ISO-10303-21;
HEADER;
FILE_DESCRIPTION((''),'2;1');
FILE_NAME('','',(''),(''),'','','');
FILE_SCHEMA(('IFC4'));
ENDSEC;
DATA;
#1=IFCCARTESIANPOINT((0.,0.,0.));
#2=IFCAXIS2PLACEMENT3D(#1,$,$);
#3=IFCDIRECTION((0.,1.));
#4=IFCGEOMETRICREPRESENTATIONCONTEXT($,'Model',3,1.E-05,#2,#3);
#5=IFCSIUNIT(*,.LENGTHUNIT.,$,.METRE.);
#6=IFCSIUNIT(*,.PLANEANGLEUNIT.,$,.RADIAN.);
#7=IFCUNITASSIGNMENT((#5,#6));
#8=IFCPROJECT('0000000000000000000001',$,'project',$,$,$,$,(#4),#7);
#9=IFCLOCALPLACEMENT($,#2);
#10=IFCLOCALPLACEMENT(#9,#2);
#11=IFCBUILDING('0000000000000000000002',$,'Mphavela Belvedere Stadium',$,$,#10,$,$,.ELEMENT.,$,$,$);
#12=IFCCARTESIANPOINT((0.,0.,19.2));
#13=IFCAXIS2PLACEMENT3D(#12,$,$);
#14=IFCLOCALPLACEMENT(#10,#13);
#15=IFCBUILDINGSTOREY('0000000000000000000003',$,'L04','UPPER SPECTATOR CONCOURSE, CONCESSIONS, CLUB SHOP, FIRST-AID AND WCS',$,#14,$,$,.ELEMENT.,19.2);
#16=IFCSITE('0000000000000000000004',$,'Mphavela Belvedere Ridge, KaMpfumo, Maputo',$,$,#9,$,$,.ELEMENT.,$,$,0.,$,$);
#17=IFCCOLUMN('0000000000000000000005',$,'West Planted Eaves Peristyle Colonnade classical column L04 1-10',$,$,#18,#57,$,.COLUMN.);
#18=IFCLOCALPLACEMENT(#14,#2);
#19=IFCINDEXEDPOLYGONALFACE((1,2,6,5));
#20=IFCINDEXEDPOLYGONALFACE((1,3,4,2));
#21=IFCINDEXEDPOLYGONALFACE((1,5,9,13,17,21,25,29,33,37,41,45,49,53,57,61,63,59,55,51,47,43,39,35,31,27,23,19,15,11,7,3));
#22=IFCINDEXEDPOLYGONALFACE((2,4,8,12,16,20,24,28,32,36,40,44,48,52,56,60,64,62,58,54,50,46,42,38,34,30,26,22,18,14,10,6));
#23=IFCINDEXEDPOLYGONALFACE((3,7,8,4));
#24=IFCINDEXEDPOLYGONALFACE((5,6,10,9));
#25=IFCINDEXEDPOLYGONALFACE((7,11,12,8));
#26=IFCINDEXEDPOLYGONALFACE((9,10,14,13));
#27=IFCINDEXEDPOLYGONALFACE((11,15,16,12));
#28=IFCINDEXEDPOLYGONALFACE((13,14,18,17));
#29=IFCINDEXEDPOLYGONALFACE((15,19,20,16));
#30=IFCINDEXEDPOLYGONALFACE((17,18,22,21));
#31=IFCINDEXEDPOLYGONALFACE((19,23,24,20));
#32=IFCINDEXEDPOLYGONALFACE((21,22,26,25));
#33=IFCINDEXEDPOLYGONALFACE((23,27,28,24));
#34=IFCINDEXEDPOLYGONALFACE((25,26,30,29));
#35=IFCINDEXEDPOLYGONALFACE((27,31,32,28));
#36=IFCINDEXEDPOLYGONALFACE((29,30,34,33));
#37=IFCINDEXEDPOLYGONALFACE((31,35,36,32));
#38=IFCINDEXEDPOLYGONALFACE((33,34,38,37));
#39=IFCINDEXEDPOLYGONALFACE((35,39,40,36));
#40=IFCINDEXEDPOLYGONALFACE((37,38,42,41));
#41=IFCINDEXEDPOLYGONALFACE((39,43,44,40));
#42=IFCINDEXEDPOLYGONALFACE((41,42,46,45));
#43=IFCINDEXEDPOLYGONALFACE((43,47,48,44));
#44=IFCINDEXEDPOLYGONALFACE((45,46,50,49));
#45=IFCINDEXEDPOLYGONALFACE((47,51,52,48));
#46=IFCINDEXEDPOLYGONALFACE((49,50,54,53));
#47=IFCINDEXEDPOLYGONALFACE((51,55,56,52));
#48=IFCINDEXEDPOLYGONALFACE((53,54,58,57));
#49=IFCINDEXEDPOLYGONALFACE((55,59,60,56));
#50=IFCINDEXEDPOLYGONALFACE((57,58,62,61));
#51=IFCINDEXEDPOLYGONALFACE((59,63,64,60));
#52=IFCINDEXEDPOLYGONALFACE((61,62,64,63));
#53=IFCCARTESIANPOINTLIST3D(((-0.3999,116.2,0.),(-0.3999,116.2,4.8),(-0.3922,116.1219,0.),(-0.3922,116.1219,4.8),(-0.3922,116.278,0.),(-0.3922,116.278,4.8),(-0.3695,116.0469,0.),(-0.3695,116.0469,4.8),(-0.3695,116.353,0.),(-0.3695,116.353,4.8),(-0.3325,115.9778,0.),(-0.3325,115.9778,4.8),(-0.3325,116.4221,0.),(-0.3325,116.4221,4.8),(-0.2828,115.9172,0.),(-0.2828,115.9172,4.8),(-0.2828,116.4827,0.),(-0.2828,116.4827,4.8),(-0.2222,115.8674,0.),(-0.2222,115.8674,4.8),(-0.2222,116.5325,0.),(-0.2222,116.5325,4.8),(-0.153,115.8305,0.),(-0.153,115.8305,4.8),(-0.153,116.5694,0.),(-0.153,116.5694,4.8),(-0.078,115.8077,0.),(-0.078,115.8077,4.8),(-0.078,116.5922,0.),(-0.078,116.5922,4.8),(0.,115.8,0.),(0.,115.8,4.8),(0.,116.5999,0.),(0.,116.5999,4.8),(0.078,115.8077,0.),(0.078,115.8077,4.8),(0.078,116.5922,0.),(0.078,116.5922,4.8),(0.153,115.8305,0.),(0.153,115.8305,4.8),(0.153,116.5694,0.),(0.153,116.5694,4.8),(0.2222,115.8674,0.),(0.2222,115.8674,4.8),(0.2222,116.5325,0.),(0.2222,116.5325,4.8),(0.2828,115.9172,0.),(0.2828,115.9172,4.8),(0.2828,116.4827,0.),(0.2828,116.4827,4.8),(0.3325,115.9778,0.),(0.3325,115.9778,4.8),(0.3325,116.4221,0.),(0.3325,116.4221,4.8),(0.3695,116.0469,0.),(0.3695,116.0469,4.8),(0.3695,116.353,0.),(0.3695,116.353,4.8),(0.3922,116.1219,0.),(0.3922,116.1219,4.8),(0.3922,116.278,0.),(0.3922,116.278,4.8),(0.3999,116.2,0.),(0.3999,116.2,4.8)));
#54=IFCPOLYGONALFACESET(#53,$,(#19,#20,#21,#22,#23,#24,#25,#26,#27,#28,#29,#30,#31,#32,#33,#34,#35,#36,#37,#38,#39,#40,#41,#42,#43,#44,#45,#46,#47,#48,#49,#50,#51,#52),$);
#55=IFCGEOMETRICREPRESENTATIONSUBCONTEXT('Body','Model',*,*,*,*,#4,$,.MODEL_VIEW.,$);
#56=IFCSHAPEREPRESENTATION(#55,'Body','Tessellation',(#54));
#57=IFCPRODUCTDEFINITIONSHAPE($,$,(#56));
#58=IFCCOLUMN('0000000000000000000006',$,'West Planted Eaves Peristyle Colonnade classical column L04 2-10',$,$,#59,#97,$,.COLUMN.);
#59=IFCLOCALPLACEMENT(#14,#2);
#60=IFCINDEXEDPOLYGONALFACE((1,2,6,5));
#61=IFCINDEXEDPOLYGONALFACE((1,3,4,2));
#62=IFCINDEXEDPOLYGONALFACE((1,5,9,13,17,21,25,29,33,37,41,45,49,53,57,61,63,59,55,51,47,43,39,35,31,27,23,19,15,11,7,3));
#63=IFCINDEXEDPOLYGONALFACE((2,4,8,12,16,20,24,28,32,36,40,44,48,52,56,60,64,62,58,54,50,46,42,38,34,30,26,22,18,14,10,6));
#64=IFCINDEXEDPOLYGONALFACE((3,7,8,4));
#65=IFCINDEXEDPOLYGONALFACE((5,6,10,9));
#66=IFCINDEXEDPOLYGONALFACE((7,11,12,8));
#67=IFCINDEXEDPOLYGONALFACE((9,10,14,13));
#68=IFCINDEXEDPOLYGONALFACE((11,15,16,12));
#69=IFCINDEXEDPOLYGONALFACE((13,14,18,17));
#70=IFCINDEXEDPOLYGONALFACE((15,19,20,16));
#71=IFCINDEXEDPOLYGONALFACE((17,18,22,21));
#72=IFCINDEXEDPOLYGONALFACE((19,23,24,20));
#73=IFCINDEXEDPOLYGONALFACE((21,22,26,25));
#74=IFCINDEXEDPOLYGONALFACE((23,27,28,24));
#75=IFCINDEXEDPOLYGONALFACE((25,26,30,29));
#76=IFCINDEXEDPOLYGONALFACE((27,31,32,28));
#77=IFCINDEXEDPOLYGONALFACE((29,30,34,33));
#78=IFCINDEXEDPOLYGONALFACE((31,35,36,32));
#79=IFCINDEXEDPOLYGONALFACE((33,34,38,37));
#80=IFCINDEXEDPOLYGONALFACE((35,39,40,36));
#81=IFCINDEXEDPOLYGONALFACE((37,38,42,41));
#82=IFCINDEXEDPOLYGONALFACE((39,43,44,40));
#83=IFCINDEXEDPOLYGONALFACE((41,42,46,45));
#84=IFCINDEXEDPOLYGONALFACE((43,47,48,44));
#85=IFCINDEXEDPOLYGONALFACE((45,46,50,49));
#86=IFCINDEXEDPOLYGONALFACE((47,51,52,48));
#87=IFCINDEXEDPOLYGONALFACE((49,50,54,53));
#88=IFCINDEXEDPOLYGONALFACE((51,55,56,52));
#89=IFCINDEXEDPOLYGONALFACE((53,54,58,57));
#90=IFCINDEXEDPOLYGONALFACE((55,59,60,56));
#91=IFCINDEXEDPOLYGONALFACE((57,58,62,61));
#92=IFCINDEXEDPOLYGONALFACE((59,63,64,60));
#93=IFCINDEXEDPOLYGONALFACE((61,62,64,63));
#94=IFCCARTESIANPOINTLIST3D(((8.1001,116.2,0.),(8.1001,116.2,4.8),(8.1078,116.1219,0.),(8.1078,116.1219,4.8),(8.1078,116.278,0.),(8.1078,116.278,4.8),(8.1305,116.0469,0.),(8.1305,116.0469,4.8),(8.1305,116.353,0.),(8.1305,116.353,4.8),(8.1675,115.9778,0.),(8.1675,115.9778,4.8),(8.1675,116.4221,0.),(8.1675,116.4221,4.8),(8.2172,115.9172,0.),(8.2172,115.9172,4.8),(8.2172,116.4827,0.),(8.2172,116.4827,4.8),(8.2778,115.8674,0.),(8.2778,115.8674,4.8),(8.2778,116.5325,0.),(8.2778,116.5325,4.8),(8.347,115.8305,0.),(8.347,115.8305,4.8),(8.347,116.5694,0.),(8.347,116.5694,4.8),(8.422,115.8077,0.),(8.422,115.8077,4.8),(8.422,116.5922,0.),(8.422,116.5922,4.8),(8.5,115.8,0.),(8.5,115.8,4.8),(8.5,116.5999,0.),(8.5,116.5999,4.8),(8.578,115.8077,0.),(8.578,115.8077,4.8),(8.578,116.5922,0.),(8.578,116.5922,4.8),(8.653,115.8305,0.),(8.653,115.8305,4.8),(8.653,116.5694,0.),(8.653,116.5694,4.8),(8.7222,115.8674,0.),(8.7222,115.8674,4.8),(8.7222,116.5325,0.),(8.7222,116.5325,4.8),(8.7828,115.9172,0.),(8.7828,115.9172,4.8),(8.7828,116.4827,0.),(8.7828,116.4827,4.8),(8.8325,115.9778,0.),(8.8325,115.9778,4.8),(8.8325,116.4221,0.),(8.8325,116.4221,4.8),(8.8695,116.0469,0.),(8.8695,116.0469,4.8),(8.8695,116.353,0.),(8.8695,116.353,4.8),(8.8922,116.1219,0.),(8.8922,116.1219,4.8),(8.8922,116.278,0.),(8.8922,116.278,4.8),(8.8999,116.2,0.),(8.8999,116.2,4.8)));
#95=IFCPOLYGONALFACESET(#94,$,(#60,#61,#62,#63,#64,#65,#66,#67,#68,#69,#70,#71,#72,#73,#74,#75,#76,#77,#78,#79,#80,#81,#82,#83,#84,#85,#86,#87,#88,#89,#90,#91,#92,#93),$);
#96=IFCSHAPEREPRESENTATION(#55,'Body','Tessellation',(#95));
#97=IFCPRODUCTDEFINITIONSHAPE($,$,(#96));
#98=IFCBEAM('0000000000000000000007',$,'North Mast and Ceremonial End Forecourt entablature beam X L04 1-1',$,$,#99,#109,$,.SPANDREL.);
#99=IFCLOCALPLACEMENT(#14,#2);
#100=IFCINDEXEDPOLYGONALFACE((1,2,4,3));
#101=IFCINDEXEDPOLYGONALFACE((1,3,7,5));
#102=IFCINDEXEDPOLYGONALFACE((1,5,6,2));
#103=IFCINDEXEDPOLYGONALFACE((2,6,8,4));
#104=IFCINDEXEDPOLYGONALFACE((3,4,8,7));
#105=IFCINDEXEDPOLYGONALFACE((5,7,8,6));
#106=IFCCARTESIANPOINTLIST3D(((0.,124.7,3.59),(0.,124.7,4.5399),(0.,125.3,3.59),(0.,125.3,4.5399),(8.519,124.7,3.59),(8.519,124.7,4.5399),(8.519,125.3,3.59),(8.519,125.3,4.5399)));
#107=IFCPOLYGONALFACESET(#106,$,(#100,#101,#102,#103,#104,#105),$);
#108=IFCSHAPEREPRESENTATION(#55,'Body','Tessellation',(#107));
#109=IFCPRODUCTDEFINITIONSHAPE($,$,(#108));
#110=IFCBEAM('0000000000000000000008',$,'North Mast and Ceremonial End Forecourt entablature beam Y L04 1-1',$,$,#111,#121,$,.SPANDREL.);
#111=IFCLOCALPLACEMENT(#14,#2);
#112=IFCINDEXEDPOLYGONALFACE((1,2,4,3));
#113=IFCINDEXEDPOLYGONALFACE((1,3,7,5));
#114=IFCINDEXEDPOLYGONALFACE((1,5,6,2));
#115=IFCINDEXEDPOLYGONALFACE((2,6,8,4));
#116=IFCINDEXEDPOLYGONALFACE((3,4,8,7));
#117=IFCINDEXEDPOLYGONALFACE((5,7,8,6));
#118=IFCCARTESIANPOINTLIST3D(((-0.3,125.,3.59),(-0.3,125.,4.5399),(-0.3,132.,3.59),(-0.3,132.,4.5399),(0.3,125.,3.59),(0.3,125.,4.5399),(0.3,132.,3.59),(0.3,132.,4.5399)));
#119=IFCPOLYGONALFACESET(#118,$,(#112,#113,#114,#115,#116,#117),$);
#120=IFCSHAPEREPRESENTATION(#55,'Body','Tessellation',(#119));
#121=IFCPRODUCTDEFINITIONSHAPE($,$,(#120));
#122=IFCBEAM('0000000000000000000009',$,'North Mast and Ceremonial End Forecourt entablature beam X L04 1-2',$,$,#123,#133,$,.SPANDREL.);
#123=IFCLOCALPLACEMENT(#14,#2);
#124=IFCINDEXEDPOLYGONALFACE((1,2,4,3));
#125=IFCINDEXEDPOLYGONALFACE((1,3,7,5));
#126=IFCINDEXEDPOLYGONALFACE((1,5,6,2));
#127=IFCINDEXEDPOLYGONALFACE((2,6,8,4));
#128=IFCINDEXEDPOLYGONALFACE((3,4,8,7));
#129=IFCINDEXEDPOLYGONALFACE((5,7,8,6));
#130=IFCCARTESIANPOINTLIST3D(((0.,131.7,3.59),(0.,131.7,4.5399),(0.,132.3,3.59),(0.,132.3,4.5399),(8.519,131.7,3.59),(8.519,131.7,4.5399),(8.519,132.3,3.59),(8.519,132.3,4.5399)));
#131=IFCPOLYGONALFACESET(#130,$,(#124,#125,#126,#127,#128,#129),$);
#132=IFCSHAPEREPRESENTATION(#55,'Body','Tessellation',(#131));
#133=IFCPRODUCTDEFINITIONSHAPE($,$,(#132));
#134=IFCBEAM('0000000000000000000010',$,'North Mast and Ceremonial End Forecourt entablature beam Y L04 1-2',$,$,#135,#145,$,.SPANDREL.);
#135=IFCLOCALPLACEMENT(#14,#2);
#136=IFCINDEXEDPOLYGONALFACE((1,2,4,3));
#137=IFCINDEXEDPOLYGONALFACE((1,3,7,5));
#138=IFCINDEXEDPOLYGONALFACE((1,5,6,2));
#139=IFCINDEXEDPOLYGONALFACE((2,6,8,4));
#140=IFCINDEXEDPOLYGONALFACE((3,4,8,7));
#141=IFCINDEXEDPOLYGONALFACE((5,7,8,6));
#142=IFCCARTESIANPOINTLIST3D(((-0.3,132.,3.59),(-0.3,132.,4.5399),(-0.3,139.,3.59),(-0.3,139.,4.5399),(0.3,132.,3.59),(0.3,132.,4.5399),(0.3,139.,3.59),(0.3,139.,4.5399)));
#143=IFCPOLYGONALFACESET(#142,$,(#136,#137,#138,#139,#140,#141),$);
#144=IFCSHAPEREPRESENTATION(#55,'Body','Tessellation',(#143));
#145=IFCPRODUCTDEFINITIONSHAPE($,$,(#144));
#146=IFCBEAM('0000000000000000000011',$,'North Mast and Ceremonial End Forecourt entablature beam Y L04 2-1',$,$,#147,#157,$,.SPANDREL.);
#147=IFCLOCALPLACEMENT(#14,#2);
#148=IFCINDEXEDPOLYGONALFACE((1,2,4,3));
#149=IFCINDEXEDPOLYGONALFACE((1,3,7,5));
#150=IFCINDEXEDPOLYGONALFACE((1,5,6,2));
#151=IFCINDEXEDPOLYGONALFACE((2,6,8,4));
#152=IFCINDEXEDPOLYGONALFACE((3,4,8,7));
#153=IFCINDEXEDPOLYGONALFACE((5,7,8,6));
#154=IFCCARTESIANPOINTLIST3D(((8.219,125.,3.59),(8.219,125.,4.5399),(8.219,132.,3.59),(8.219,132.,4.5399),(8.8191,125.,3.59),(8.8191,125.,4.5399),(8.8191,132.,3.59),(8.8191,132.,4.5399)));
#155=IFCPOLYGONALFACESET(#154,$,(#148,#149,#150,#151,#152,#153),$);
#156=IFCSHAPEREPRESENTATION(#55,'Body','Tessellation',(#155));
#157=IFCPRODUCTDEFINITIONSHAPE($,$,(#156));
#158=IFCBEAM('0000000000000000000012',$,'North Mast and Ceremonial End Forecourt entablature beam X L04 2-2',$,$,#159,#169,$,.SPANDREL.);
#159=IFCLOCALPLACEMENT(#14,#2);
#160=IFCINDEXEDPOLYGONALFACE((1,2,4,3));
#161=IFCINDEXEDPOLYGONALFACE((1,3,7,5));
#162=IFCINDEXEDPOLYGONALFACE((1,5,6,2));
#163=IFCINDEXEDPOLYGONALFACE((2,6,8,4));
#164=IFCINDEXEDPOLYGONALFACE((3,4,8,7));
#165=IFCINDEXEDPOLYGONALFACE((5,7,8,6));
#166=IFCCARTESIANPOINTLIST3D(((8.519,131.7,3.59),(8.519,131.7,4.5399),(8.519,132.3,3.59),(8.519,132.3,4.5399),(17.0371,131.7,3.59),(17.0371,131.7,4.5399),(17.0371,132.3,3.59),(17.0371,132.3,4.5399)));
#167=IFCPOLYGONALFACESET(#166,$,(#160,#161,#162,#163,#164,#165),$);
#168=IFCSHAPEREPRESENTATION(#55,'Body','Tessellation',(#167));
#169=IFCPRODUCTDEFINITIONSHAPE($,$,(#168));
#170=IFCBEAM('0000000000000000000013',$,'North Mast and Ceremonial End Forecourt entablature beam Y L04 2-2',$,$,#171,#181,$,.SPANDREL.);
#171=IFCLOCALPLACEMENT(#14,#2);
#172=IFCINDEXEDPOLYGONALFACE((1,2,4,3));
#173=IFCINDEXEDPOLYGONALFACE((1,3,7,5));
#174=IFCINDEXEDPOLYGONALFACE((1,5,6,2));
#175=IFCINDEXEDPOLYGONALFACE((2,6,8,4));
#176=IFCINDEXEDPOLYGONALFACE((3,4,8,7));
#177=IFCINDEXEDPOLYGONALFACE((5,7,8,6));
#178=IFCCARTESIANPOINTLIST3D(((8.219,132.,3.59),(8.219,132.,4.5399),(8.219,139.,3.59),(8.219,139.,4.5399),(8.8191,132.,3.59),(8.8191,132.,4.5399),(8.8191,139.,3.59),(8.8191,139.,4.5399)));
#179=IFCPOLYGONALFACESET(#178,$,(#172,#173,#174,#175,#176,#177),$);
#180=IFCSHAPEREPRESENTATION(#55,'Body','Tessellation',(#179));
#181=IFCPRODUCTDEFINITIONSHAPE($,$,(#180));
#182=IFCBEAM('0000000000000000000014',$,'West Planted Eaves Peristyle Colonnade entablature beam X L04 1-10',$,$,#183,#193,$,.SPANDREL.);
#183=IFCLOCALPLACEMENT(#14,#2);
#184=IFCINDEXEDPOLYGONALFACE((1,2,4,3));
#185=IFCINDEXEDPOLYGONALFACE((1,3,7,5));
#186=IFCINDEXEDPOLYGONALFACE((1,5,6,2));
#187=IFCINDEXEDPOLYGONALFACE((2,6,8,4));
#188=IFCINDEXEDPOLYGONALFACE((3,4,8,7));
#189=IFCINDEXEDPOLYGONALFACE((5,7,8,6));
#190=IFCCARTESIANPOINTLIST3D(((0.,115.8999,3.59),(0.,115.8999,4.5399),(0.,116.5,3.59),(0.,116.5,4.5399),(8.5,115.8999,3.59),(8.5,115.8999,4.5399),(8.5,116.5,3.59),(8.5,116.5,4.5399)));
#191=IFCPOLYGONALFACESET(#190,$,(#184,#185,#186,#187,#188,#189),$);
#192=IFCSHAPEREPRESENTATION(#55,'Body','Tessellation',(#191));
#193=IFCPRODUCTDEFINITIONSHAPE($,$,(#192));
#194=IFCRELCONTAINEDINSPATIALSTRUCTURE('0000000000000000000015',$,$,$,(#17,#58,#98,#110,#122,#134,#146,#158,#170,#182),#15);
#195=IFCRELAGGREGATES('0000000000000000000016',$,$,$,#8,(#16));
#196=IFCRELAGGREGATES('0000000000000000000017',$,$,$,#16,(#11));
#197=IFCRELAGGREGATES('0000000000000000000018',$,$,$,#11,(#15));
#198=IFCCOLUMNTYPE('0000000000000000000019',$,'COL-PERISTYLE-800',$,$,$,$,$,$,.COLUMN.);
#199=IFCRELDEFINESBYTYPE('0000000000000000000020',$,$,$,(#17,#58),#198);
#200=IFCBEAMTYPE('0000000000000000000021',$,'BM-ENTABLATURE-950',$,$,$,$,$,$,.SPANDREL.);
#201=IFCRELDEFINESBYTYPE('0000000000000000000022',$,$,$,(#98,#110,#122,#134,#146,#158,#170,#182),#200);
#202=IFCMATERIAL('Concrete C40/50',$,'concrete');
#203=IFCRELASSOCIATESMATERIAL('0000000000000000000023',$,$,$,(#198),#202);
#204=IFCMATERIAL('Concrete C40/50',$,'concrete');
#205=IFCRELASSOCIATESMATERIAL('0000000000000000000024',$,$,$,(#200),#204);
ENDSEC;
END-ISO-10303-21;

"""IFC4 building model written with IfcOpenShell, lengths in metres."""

from ifc_helpers import new_model, si_unit, direction, frame, origin, origin_2d, place, context, subcontext, project, spatial, rectangle, circle, extrude, material, material_profile, profile_set, type_object, element, save


model = new_model("IFC4")

# Units and contexts
model_context = context("Model", 3, precision=1e-05, world=origin(), true_north=direction((0.0, 1.0)))
body_context = subcontext(model_context, "Body", "Model", "MODEL_VIEW")
ifc_project = project(units=[si_unit("LENGTHUNIT", "METRE"), si_unit("PLANEANGLEUNIT", "RADIAN")], contexts=[model_context])

# Site, building, storey
site_placement = place(None, origin())
site = spatial("IfcSite", under=ifc_project, at=site_placement, Name="Mphavela Belvedere Ridge, KaMpfumo, Maputo", CompositionType="ELEMENT", RefElevation=0.0)
building_placement = place(site_placement, origin())
building = spatial("IfcBuilding", under=site, at=building_placement, Name="Mphavela Belvedere Stadium", CompositionType="ELEMENT")
storey_placement = place(building_placement, frame((0.0, 0.0, 19.2)))
storey = spatial("IfcBuildingStorey", under=building, at=storey_placement, Name="L04", Description="UPPER SPECTATOR CONCOURSE, CONCESSIONS, CLUB SHOP, FIRST-AID AND WCS", CompositionType="ELEMENT", Elevation=19.2)

# Columns
ifc_material_1 = material(Name="Concrete C40/50", Category="concrete")
ifc_material_profile_1 = material_profile(ifc_material_1, circle(Radius=0.3999, at=origin_2d()), Name="COL D800")
ifc_profile_set_1 = profile_set([ifc_material_profile_1], Name="Concrete C40/50")
column_type_1 = type_object("IfcColumnType", Name="COL-PERISTYLE-800", PredefinedType="COLUMN", material=ifc_profile_set_1)
for number, where, z_axis, x_axis, name in (
    (1, (0.0, 116.2, 0.0), (0.0, 0.0, 1.0), (1.0, 0.0, 0.0), "West Planted Eaves Peristyle Colonnade classical column L04 1-10"),
    (2, (8.5, 116.2, 0.0), (0.0, 0.0, 1.0), (1.0, 0.0, 0.0), "West Planted Eaves Peristyle Colonnade classical column L04 2-10"),
):
    element("IfcColumn", number, at=place(storey_placement, frame(where, z_axis=z_axis, x_axis=x_axis)), inside=storey, type_object=column_type_1, Name=name, PredefinedType="COLUMN", context=body_context, shape_type="SweptSolid", body=[
        extrude(circle(Radius=0.3999, at=origin_2d()), origin(), (0.0, 0.0, 1.0), 4.8),
    ])

# Beams
ifc_material_2 = material(Name="Concrete C40/50", Category="concrete")
ifc_material_profile_2 = material_profile(ifc_material_2, rectangle(XDim=0.6001, YDim=0.95, at=origin_2d()), Name="RC 600x950")
ifc_profile_set_2 = profile_set([ifc_material_profile_2], Name="Concrete C40/50")
beam_type_1 = type_object("IfcBeamType", Name="BM-ENTABLATURE-950", PredefinedType="SPANDREL", material=ifc_profile_set_2)
beam_1_placement = place(storey_placement, frame((0.0, 125.0, 4.0649), z_axis=(1.0, 0.0, 0.0), x_axis=(0.0, 1.0, 0.0)))
element("IfcBeam", 3, at=beam_1_placement, inside=storey, type_object=beam_type_1, Name="North Mast and Ceremonial End Forecourt entablature beam X L04 1-1", PredefinedType="SPANDREL", context=body_context, shape_type="SweptSolid", body=[
    extrude(rectangle(XDim=0.6001, YDim=0.95, at=origin_2d()), origin(), (0.0, 0.0, 1.0), 8.519),
])
beam_2_placement = place(storey_placement, frame((0.0, 125.0, 4.0649), z_axis=(0.0, 1.0, 0.0), x_axis=(-1.0, 0.0, 0.0)))
element("IfcBeam", 4, at=beam_2_placement, inside=storey, type_object=beam_type_1, Name="North Mast and Ceremonial End Forecourt entablature beam Y L04 1-1", PredefinedType="SPANDREL", context=body_context, shape_type="SweptSolid", body=[
    extrude(rectangle(XDim=0.6001, YDim=0.95, at=origin_2d()), origin(), (0.0, 0.0, 1.0), 7.0),
])
beam_3_placement = place(storey_placement, frame((0.0, 132.0, 4.0649), z_axis=(1.0, 0.0, 0.0), x_axis=(0.0, 1.0, 0.0)))
element("IfcBeam", 5, at=beam_3_placement, inside=storey, type_object=beam_type_1, Name="North Mast and Ceremonial End Forecourt entablature beam X L04 1-2", PredefinedType="SPANDREL", context=body_context, shape_type="SweptSolid", body=[
    extrude(rectangle(XDim=0.6001, YDim=0.95, at=origin_2d()), origin(), (0.0, 0.0, 1.0), 8.519),
])
for number, where, z_axis, x_axis, name in (
    (6, (0.0, 132.0, 4.0649), (0.0, 1.0, 0.0), (-1.0, 0.0, 0.0), "North Mast and Ceremonial End Forecourt entablature beam Y L04 1-2"),
    (7, (8.519, 125.0, 4.0649), (0.0, 1.0, 0.0), (-1.0, 0.0, 0.0), "North Mast and Ceremonial End Forecourt entablature beam Y L04 2-1"),
):
    element("IfcBeam", number, at=place(storey_placement, frame(where, z_axis=z_axis, x_axis=x_axis)), inside=storey, type_object=beam_type_1, Name=name, PredefinedType="SPANDREL", context=body_context, shape_type="SweptSolid", body=[
        extrude(rectangle(XDim=0.6001, YDim=0.95, at=origin_2d()), origin(), (0.0, 0.0, 1.0), 7.0),
    ])
beam_4_placement = place(storey_placement, frame((8.519, 132.0, 4.0649), z_axis=(1.0, 0.0, 0.0), x_axis=(0.0, 1.0, 0.0)))
element("IfcBeam", 8, at=beam_4_placement, inside=storey, type_object=beam_type_1, Name="North Mast and Ceremonial End Forecourt entablature beam X L04 2-2", PredefinedType="SPANDREL", context=body_context, shape_type="SweptSolid", body=[
    extrude(rectangle(XDim=0.6001, YDim=0.95, at=origin_2d()), origin(), (0.0, 0.0, 1.0), 8.5181),
])
beam_5_placement = place(storey_placement, frame((8.519, 132.0, 4.0649), z_axis=(0.0, 1.0, 0.0), x_axis=(-1.0, 0.0, 0.0)))
element("IfcBeam", 9, at=beam_5_placement, inside=storey, type_object=beam_type_1, Name="North Mast and Ceremonial End Forecourt entablature beam Y L04 2-2", PredefinedType="SPANDREL", context=body_context, shape_type="SweptSolid", body=[
    extrude(rectangle(XDim=0.6001, YDim=0.95, at=origin_2d()), origin(), (0.0, 0.0, 1.0), 7.0),
])
beam_6_placement = place(storey_placement, frame((0.0, 116.2, 4.0649), z_axis=(1.0, 0.0, 0.0), x_axis=(0.0, 1.0, 0.0)))
element("IfcBeam", 10, at=beam_6_placement, inside=storey, type_object=beam_type_1, Name="West Planted Eaves Peristyle Colonnade entablature beam X L04 1-10", PredefinedType="SPANDREL", context=body_context, shape_type="SweptSolid", body=[
    extrude(rectangle(XDim=0.6001, YDim=0.95, at=origin_2d()), origin(), (0.0, 0.0, 1.0), 8.5),
])

save(model, "model.ifc")
